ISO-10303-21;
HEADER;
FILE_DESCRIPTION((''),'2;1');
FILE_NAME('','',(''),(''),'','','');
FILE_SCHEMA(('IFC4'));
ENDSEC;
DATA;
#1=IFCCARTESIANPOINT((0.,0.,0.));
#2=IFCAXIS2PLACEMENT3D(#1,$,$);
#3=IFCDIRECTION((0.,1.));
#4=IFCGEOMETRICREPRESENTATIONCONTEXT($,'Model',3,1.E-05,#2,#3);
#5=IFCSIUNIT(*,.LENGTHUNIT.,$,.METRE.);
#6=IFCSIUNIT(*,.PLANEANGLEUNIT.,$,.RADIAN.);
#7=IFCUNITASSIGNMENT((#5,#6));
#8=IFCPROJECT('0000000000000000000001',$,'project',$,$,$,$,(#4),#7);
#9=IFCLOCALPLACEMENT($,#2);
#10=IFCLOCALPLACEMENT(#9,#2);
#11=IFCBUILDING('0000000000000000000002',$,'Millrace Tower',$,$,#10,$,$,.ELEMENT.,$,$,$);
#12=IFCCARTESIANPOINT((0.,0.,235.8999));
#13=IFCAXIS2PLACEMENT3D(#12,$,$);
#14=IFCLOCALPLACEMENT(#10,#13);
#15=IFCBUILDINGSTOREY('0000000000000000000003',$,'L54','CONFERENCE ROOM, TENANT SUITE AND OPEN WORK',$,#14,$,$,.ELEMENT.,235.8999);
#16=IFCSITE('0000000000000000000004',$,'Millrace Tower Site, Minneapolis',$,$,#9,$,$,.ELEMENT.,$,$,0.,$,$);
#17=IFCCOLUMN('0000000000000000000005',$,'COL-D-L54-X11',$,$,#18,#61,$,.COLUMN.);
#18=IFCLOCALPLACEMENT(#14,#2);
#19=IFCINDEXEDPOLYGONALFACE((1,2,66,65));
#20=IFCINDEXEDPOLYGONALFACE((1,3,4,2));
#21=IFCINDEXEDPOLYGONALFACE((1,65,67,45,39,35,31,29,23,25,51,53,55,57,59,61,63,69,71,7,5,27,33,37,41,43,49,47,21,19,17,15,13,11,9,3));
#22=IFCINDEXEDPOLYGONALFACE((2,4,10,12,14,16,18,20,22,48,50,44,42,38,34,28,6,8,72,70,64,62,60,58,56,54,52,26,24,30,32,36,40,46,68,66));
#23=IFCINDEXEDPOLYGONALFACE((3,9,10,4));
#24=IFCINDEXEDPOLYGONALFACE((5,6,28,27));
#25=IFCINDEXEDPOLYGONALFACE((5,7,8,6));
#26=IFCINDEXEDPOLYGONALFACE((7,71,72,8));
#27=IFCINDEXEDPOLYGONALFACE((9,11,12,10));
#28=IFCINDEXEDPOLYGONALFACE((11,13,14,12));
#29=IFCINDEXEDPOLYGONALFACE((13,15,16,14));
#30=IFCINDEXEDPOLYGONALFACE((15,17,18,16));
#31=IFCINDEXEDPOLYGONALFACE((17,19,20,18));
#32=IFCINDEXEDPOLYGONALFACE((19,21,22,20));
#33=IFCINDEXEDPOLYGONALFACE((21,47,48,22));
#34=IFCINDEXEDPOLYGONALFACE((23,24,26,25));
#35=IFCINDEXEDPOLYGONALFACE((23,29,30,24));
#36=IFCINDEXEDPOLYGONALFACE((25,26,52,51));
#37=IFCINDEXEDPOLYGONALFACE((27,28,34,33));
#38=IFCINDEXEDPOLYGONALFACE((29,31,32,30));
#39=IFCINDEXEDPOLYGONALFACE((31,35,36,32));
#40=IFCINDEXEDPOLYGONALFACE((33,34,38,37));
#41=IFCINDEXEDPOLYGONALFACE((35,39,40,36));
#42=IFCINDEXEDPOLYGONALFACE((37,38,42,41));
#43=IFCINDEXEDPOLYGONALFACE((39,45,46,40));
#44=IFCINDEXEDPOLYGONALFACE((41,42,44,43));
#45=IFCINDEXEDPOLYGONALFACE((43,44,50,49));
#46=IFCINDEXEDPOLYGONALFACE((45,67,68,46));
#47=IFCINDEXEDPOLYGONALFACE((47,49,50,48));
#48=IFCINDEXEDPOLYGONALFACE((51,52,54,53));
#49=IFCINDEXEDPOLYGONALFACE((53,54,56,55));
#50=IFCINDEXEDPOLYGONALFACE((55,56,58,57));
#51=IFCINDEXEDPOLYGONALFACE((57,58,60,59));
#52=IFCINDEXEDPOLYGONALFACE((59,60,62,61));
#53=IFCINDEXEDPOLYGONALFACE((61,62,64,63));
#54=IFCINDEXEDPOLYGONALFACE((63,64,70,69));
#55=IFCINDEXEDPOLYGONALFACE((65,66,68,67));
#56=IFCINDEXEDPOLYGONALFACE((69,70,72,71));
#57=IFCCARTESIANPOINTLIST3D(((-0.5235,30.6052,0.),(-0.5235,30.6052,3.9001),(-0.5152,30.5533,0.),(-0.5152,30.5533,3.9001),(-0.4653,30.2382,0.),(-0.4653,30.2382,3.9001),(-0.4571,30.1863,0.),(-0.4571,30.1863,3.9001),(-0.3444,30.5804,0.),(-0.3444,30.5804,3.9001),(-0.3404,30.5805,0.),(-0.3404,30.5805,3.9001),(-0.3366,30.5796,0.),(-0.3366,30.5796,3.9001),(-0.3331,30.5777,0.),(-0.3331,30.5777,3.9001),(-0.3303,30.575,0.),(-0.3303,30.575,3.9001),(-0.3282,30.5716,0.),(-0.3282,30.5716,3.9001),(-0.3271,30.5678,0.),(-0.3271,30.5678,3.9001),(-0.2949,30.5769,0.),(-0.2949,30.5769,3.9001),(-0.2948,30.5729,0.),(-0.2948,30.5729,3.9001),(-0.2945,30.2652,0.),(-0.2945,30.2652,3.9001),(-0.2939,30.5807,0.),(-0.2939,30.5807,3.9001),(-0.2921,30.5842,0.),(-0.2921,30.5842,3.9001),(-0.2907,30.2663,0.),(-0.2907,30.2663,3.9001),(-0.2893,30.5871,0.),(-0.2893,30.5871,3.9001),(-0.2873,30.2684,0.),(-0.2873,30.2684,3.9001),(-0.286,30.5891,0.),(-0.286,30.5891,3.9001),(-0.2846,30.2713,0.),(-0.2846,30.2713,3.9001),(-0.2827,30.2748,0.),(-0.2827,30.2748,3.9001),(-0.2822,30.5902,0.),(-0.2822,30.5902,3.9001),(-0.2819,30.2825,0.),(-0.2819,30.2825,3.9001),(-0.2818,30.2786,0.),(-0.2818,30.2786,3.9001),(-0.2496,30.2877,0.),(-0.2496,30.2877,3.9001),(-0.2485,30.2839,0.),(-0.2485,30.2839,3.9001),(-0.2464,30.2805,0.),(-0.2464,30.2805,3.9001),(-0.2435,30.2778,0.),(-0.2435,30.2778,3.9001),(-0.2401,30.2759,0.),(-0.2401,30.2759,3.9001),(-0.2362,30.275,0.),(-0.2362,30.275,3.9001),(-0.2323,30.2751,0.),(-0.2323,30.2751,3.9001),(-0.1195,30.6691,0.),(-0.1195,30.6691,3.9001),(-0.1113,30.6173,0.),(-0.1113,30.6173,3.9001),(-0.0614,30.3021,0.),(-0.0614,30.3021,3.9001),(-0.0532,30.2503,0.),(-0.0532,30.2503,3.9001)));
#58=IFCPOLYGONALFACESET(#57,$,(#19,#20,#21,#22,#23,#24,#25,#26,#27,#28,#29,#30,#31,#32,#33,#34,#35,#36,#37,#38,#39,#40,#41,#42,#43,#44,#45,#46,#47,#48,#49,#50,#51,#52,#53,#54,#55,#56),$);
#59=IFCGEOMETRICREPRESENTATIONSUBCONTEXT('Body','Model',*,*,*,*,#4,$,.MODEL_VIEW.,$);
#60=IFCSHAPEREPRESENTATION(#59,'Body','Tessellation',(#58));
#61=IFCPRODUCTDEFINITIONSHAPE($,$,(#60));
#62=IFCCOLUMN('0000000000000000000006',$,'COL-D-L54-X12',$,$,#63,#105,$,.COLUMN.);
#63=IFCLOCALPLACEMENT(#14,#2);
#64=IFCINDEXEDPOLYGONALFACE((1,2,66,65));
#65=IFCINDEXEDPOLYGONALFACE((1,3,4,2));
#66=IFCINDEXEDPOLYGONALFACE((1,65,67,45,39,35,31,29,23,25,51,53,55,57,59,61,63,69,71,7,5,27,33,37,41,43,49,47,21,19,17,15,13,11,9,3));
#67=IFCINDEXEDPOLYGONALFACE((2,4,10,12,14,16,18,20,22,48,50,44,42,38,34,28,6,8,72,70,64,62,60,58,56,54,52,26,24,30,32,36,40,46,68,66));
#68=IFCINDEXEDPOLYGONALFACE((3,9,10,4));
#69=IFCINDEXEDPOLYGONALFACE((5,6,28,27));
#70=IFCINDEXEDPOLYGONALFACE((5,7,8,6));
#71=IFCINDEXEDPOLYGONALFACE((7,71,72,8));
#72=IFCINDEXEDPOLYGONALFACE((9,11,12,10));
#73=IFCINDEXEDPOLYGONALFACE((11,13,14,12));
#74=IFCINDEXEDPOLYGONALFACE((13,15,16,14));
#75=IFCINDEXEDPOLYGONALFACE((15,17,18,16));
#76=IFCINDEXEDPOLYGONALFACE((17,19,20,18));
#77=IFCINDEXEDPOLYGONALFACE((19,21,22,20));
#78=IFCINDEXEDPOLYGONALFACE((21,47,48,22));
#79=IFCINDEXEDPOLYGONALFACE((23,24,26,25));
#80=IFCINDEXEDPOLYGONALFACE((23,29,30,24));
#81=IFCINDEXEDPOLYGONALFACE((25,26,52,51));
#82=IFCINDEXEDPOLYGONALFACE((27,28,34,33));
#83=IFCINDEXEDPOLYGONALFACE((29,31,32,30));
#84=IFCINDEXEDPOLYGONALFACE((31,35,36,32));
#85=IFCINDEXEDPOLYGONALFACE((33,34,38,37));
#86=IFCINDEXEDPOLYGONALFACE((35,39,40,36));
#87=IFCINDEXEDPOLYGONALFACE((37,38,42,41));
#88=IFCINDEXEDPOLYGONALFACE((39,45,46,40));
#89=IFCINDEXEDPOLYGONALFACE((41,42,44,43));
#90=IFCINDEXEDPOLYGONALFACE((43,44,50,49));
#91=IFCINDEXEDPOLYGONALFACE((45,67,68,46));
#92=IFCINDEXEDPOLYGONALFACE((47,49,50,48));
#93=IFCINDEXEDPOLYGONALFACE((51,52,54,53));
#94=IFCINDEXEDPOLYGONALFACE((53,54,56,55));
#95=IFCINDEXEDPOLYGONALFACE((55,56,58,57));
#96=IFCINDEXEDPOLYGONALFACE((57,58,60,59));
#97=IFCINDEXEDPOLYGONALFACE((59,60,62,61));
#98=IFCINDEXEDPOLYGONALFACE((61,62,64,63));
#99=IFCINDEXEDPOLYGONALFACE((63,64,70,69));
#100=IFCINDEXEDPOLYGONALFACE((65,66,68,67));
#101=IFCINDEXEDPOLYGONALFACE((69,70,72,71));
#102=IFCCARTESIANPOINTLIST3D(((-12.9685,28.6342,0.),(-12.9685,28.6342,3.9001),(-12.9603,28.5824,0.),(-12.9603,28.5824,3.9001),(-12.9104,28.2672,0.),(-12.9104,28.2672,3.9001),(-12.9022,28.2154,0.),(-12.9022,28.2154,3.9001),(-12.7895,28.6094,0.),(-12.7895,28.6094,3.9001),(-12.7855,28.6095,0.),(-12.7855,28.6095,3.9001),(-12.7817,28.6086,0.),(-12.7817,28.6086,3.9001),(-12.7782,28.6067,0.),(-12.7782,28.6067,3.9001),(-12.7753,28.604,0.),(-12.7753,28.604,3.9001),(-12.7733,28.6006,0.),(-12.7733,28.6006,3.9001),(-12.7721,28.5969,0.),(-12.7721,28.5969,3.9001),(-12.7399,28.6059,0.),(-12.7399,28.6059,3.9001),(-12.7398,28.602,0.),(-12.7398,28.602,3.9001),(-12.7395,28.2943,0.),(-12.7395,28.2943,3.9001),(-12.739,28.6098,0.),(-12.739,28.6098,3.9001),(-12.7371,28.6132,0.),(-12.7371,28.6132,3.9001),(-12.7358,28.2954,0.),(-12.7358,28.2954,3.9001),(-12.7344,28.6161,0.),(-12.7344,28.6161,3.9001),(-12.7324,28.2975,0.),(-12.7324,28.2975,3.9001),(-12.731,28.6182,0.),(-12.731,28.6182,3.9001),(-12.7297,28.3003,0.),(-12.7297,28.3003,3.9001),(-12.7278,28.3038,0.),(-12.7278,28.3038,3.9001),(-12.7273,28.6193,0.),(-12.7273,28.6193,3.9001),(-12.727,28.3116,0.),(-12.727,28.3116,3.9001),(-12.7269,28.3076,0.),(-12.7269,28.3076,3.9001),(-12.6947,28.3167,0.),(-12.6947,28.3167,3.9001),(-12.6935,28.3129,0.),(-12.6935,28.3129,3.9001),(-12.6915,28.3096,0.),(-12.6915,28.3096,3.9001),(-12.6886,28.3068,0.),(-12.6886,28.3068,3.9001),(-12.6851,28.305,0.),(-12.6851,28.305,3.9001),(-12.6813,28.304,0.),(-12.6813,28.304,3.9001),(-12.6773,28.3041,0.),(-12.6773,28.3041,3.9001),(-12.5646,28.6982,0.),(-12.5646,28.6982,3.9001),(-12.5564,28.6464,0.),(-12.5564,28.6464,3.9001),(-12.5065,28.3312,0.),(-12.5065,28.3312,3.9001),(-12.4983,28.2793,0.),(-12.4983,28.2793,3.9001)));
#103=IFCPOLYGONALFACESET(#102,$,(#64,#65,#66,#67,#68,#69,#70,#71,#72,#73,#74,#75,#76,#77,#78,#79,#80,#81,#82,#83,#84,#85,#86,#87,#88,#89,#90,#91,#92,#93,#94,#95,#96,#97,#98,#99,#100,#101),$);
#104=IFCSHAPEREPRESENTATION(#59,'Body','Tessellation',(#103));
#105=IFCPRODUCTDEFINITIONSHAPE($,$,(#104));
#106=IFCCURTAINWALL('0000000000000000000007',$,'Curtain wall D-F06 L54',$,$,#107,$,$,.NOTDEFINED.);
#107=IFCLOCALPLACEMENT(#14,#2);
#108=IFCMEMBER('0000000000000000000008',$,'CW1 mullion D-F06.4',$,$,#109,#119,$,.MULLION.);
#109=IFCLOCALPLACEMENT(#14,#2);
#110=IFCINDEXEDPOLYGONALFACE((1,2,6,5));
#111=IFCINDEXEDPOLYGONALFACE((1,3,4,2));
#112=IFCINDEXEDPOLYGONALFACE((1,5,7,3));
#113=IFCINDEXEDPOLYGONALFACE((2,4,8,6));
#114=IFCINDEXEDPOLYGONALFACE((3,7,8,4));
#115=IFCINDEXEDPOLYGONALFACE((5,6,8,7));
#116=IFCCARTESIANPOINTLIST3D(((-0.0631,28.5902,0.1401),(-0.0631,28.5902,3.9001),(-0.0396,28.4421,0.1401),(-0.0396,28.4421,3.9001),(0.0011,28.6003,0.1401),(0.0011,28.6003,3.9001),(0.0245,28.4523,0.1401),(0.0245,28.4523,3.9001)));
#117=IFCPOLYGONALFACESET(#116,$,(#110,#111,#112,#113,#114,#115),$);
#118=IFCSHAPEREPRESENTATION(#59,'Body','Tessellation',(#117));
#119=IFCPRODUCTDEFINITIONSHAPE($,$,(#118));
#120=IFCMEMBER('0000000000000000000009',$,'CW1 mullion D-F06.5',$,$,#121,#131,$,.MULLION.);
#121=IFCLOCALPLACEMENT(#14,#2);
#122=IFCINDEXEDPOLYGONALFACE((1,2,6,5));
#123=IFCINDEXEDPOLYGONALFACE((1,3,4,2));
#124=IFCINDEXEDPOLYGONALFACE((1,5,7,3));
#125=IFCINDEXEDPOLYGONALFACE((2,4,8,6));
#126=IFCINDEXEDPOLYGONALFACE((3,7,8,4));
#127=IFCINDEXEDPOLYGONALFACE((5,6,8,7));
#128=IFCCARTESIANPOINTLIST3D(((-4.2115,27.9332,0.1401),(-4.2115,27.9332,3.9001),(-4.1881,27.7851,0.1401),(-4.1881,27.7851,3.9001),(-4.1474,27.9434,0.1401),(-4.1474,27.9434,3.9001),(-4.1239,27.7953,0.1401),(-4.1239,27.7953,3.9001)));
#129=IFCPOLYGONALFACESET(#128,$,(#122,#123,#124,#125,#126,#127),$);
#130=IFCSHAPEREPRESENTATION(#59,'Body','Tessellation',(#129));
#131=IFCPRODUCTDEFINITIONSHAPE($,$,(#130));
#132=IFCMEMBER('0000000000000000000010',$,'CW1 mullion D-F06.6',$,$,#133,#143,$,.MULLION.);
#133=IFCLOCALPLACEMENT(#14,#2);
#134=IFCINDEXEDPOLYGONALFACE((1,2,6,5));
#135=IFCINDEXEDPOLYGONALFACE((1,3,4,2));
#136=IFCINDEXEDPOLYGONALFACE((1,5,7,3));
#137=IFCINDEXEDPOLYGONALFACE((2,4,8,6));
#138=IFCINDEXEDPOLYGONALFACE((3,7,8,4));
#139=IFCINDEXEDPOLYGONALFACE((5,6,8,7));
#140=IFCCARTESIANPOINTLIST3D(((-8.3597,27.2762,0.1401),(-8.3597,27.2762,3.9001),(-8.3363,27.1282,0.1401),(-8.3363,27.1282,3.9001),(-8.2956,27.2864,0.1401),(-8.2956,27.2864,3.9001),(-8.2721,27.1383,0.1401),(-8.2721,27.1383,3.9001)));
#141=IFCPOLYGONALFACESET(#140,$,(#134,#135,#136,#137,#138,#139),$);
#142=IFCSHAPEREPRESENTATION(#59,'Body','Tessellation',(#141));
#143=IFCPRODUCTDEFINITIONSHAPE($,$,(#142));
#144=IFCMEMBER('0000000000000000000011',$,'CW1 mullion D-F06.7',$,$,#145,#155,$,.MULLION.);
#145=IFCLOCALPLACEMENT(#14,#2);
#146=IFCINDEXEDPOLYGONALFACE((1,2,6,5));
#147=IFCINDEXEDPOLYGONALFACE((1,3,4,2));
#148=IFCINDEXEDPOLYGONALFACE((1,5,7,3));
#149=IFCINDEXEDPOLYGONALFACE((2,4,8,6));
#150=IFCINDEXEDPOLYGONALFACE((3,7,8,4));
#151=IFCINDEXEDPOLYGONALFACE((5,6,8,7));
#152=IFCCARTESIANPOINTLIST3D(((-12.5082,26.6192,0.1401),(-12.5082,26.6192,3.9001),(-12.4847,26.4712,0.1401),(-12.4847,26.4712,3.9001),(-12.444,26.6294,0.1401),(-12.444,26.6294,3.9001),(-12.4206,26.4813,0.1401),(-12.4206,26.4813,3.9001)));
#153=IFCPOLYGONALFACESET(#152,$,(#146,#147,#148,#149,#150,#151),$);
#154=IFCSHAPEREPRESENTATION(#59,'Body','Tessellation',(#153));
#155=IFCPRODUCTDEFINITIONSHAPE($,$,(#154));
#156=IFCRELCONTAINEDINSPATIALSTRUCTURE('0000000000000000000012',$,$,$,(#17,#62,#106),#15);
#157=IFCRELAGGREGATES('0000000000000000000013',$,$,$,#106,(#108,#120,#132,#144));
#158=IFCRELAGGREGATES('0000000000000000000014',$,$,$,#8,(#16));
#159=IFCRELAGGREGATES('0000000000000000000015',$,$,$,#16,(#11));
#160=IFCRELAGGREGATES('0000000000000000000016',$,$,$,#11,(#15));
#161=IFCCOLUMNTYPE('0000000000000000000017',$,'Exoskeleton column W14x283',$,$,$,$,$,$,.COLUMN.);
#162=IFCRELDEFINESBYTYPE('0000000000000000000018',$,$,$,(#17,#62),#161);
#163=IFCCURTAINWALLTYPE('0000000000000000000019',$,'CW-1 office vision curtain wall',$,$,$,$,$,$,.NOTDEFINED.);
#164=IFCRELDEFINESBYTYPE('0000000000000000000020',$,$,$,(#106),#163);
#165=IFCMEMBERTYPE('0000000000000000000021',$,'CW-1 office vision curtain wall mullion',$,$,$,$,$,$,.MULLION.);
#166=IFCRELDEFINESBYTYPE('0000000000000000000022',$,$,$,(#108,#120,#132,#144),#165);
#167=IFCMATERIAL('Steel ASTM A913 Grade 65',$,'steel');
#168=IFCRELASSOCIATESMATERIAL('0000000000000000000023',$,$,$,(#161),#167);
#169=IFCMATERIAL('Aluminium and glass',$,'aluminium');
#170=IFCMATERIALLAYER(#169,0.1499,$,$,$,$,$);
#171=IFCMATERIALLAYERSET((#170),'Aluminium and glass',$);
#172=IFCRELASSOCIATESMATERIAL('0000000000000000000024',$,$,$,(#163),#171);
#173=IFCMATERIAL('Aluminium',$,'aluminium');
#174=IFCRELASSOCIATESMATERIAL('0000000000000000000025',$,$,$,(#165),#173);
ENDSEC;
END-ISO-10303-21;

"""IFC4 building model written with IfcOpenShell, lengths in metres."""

from ifc_helpers import new_model, si_unit, direction, frame, origin, origin_2d, place, context, subcontext, project, spatial, rectangle, i_section, extrude, material, layer, layer_set, material_profile, profile_set, type_object, element, aggregate, save


model = new_model("IFC4")

# Units and contexts
model_context = context("Model", 3, precision=1e-05, world=origin(), true_north=direction((0.0, 1.0)))
body_context = subcontext(model_context, "Body", "Model", "MODEL_VIEW")
ifc_project = project(units=[si_unit("LENGTHUNIT", "METRE"), si_unit("PLANEANGLEUNIT", "RADIAN")], contexts=[model_context])

# Site, building, storey
site_placement = place(None, origin())
site = spatial("IfcSite", under=ifc_project, at=site_placement, Name="Millrace Tower Site, Minneapolis", CompositionType="ELEMENT", RefElevation=0.0)
building_placement = place(site_placement, origin())
building = spatial("IfcBuilding", under=site, at=building_placement, Name="Millrace Tower", CompositionType="ELEMENT")
storey_placement = place(building_placement, frame((0.0, 0.0, 235.8999)))
storey = spatial("IfcBuildingStorey", under=building, at=storey_placement, Name="L54", Description="CONFERENCE ROOM, TENANT SUITE AND OPEN WORK", CompositionType="ELEMENT", Elevation=235.8999)

# Columns
ifc_material_1 = material(Name="Steel ASTM A913 Grade 65", Category="steel")
ifc_material_profile_1 = material_profile(ifc_material_1, i_section(OverallWidth=0.4089, OverallDepth=0.4241, WebThickness=0.0327, FlangeThickness=0.0525, FilletRadius=0.0151, at=origin_2d()))
ifc_profile_set_1 = profile_set([ifc_material_profile_1], Name="Steel ASTM A913 Grade 65")
column_type = type_object("IfcColumnType", Name="Exoskeleton column W14x283", PredefinedType="COLUMN", material=ifc_profile_set_1)
for number, where, z_axis, x_axis, name in (
    (1, (-0.2883, 30.4277, 0.0), (0.0, 0.0, 1.0), (-0.987688, -0.156434, 0.0), "COL-D-L54-X11"),
    (2, (-12.7334, 28.4568, 0.0), (0.0, 0.0, 1.0), (-0.987688, -0.156434, 0.0), "COL-D-L54-X12"),
):
    element("IfcColumn", number, at=place(storey_placement, frame(where, z_axis=z_axis, x_axis=x_axis)), inside=storey, type_object=column_type, Name=name, PredefinedType="COLUMN", context=body_context, shape_type="SweptSolid", body=[
        extrude(i_section(OverallWidth=0.4089, OverallDepth=0.4241, WebThickness=0.0327, FlangeThickness=0.0525, FilletRadius=0.0151, at=origin_2d()), origin(), (0.0, 0.0, 1.0), 3.9001),
    ])

# Curtain wall, members
ifc_material_2 = material(Name="Aluminium and glass", Category="aluminium")
ifc_layer_1 = layer(ifc_material_2, 0.1499)
ifc_layer_set_1 = layer_set([ifc_layer_1], Name="Aluminium and glass")
curtain_wall_type = type_object("IfcCurtainWallType", Name="CW-1 office vision curtain wall", PredefinedType="NOTDEFINED", material=ifc_layer_set_1)
curtain_wall_placement = place(storey_placement, origin())
curtain_wall = element("IfcCurtainWall", 3, at=curtain_wall_placement, inside=storey, type_object=curtain_wall_type, Name="Curtain wall D-F06 L54", PredefinedType="NOTDEFINED")
ifc_material_3 = material(Name="Aluminium", Category="aluminium")
ifc_material_profile_2 = material_profile(ifc_material_3, rectangle(XDim=0.0649, YDim=0.1499, at=origin_2d()))
ifc_profile_set_2 = profile_set([ifc_material_profile_2], Name="Aluminium")
member_type_1 = type_object("IfcMemberType", Name="CW-1 office vision curtain wall mullion", PredefinedType="MULLION", material=ifc_profile_set_2)
member_1_placement = place(storey_placement, frame((-0.0193, 28.5212, 0.1401), z_axis=(0.0, 0.0, 1.0), x_axis=(-0.987688, -0.156434, 0.0)))
member_1 = element("IfcMember", 4, at=member_1_placement, type_object=member_type_1, Name="CW1 mullion D-F06.4", PredefinedType="MULLION", context=body_context, shape_type="SweptSolid", body=[
    extrude(rectangle(XDim=0.0649, YDim=0.1499, at=origin_2d()), origin(), (0.0, 0.0, 1.0), 3.76),
])
member_2_placement = place(storey_placement, frame((-4.1677, 27.8643, 0.1401), z_axis=(0.0, 0.0, 1.0), x_axis=(-0.987688, -0.156434, 0.0)))
member_2 = element("IfcMember", 5, at=member_2_placement, type_object=member_type_1, Name="CW1 mullion D-F06.5", PredefinedType="MULLION", context=body_context, shape_type="SweptSolid", body=[
    extrude(rectangle(XDim=0.0649, YDim=0.1499, at=origin_2d()), origin(), (0.0, 0.0, 1.0), 3.76),
])
member_3_placement = place(storey_placement, frame((-8.3159, 27.2073, 0.1401), z_axis=(0.0, 0.0, 1.0), x_axis=(-0.987688, -0.156434, 0.0)))
member_3 = element("IfcMember", 6, at=member_3_placement, type_object=member_type_1, Name="CW1 mullion D-F06.6", PredefinedType="MULLION", context=body_context, shape_type="SweptSolid", body=[
    extrude(rectangle(XDim=0.0649, YDim=0.1499, at=origin_2d()), origin(), (0.0, 0.0, 1.0), 3.76),
])
member_4_placement = place(storey_placement, frame((-12.4644, 26.5503, 0.1401), z_axis=(0.0, 0.0, 1.0), x_axis=(-0.987688, -0.156434, 0.0)))
member_4 = element("IfcMember", 7, at=member_4_placement, type_object=member_type_1, Name="CW1 mullion D-F06.7", PredefinedType="MULLION", context=body_context, shape_type="SweptSolid", body=[
    extrude(rectangle(XDim=0.0649, YDim=0.1499, at=origin_2d()), origin(), (0.0, 0.0, 1.0), 3.76),
])
aggregate(curtain_wall, [member_1, member_2, member_3, member_4])

save(model, "model.ifc")
